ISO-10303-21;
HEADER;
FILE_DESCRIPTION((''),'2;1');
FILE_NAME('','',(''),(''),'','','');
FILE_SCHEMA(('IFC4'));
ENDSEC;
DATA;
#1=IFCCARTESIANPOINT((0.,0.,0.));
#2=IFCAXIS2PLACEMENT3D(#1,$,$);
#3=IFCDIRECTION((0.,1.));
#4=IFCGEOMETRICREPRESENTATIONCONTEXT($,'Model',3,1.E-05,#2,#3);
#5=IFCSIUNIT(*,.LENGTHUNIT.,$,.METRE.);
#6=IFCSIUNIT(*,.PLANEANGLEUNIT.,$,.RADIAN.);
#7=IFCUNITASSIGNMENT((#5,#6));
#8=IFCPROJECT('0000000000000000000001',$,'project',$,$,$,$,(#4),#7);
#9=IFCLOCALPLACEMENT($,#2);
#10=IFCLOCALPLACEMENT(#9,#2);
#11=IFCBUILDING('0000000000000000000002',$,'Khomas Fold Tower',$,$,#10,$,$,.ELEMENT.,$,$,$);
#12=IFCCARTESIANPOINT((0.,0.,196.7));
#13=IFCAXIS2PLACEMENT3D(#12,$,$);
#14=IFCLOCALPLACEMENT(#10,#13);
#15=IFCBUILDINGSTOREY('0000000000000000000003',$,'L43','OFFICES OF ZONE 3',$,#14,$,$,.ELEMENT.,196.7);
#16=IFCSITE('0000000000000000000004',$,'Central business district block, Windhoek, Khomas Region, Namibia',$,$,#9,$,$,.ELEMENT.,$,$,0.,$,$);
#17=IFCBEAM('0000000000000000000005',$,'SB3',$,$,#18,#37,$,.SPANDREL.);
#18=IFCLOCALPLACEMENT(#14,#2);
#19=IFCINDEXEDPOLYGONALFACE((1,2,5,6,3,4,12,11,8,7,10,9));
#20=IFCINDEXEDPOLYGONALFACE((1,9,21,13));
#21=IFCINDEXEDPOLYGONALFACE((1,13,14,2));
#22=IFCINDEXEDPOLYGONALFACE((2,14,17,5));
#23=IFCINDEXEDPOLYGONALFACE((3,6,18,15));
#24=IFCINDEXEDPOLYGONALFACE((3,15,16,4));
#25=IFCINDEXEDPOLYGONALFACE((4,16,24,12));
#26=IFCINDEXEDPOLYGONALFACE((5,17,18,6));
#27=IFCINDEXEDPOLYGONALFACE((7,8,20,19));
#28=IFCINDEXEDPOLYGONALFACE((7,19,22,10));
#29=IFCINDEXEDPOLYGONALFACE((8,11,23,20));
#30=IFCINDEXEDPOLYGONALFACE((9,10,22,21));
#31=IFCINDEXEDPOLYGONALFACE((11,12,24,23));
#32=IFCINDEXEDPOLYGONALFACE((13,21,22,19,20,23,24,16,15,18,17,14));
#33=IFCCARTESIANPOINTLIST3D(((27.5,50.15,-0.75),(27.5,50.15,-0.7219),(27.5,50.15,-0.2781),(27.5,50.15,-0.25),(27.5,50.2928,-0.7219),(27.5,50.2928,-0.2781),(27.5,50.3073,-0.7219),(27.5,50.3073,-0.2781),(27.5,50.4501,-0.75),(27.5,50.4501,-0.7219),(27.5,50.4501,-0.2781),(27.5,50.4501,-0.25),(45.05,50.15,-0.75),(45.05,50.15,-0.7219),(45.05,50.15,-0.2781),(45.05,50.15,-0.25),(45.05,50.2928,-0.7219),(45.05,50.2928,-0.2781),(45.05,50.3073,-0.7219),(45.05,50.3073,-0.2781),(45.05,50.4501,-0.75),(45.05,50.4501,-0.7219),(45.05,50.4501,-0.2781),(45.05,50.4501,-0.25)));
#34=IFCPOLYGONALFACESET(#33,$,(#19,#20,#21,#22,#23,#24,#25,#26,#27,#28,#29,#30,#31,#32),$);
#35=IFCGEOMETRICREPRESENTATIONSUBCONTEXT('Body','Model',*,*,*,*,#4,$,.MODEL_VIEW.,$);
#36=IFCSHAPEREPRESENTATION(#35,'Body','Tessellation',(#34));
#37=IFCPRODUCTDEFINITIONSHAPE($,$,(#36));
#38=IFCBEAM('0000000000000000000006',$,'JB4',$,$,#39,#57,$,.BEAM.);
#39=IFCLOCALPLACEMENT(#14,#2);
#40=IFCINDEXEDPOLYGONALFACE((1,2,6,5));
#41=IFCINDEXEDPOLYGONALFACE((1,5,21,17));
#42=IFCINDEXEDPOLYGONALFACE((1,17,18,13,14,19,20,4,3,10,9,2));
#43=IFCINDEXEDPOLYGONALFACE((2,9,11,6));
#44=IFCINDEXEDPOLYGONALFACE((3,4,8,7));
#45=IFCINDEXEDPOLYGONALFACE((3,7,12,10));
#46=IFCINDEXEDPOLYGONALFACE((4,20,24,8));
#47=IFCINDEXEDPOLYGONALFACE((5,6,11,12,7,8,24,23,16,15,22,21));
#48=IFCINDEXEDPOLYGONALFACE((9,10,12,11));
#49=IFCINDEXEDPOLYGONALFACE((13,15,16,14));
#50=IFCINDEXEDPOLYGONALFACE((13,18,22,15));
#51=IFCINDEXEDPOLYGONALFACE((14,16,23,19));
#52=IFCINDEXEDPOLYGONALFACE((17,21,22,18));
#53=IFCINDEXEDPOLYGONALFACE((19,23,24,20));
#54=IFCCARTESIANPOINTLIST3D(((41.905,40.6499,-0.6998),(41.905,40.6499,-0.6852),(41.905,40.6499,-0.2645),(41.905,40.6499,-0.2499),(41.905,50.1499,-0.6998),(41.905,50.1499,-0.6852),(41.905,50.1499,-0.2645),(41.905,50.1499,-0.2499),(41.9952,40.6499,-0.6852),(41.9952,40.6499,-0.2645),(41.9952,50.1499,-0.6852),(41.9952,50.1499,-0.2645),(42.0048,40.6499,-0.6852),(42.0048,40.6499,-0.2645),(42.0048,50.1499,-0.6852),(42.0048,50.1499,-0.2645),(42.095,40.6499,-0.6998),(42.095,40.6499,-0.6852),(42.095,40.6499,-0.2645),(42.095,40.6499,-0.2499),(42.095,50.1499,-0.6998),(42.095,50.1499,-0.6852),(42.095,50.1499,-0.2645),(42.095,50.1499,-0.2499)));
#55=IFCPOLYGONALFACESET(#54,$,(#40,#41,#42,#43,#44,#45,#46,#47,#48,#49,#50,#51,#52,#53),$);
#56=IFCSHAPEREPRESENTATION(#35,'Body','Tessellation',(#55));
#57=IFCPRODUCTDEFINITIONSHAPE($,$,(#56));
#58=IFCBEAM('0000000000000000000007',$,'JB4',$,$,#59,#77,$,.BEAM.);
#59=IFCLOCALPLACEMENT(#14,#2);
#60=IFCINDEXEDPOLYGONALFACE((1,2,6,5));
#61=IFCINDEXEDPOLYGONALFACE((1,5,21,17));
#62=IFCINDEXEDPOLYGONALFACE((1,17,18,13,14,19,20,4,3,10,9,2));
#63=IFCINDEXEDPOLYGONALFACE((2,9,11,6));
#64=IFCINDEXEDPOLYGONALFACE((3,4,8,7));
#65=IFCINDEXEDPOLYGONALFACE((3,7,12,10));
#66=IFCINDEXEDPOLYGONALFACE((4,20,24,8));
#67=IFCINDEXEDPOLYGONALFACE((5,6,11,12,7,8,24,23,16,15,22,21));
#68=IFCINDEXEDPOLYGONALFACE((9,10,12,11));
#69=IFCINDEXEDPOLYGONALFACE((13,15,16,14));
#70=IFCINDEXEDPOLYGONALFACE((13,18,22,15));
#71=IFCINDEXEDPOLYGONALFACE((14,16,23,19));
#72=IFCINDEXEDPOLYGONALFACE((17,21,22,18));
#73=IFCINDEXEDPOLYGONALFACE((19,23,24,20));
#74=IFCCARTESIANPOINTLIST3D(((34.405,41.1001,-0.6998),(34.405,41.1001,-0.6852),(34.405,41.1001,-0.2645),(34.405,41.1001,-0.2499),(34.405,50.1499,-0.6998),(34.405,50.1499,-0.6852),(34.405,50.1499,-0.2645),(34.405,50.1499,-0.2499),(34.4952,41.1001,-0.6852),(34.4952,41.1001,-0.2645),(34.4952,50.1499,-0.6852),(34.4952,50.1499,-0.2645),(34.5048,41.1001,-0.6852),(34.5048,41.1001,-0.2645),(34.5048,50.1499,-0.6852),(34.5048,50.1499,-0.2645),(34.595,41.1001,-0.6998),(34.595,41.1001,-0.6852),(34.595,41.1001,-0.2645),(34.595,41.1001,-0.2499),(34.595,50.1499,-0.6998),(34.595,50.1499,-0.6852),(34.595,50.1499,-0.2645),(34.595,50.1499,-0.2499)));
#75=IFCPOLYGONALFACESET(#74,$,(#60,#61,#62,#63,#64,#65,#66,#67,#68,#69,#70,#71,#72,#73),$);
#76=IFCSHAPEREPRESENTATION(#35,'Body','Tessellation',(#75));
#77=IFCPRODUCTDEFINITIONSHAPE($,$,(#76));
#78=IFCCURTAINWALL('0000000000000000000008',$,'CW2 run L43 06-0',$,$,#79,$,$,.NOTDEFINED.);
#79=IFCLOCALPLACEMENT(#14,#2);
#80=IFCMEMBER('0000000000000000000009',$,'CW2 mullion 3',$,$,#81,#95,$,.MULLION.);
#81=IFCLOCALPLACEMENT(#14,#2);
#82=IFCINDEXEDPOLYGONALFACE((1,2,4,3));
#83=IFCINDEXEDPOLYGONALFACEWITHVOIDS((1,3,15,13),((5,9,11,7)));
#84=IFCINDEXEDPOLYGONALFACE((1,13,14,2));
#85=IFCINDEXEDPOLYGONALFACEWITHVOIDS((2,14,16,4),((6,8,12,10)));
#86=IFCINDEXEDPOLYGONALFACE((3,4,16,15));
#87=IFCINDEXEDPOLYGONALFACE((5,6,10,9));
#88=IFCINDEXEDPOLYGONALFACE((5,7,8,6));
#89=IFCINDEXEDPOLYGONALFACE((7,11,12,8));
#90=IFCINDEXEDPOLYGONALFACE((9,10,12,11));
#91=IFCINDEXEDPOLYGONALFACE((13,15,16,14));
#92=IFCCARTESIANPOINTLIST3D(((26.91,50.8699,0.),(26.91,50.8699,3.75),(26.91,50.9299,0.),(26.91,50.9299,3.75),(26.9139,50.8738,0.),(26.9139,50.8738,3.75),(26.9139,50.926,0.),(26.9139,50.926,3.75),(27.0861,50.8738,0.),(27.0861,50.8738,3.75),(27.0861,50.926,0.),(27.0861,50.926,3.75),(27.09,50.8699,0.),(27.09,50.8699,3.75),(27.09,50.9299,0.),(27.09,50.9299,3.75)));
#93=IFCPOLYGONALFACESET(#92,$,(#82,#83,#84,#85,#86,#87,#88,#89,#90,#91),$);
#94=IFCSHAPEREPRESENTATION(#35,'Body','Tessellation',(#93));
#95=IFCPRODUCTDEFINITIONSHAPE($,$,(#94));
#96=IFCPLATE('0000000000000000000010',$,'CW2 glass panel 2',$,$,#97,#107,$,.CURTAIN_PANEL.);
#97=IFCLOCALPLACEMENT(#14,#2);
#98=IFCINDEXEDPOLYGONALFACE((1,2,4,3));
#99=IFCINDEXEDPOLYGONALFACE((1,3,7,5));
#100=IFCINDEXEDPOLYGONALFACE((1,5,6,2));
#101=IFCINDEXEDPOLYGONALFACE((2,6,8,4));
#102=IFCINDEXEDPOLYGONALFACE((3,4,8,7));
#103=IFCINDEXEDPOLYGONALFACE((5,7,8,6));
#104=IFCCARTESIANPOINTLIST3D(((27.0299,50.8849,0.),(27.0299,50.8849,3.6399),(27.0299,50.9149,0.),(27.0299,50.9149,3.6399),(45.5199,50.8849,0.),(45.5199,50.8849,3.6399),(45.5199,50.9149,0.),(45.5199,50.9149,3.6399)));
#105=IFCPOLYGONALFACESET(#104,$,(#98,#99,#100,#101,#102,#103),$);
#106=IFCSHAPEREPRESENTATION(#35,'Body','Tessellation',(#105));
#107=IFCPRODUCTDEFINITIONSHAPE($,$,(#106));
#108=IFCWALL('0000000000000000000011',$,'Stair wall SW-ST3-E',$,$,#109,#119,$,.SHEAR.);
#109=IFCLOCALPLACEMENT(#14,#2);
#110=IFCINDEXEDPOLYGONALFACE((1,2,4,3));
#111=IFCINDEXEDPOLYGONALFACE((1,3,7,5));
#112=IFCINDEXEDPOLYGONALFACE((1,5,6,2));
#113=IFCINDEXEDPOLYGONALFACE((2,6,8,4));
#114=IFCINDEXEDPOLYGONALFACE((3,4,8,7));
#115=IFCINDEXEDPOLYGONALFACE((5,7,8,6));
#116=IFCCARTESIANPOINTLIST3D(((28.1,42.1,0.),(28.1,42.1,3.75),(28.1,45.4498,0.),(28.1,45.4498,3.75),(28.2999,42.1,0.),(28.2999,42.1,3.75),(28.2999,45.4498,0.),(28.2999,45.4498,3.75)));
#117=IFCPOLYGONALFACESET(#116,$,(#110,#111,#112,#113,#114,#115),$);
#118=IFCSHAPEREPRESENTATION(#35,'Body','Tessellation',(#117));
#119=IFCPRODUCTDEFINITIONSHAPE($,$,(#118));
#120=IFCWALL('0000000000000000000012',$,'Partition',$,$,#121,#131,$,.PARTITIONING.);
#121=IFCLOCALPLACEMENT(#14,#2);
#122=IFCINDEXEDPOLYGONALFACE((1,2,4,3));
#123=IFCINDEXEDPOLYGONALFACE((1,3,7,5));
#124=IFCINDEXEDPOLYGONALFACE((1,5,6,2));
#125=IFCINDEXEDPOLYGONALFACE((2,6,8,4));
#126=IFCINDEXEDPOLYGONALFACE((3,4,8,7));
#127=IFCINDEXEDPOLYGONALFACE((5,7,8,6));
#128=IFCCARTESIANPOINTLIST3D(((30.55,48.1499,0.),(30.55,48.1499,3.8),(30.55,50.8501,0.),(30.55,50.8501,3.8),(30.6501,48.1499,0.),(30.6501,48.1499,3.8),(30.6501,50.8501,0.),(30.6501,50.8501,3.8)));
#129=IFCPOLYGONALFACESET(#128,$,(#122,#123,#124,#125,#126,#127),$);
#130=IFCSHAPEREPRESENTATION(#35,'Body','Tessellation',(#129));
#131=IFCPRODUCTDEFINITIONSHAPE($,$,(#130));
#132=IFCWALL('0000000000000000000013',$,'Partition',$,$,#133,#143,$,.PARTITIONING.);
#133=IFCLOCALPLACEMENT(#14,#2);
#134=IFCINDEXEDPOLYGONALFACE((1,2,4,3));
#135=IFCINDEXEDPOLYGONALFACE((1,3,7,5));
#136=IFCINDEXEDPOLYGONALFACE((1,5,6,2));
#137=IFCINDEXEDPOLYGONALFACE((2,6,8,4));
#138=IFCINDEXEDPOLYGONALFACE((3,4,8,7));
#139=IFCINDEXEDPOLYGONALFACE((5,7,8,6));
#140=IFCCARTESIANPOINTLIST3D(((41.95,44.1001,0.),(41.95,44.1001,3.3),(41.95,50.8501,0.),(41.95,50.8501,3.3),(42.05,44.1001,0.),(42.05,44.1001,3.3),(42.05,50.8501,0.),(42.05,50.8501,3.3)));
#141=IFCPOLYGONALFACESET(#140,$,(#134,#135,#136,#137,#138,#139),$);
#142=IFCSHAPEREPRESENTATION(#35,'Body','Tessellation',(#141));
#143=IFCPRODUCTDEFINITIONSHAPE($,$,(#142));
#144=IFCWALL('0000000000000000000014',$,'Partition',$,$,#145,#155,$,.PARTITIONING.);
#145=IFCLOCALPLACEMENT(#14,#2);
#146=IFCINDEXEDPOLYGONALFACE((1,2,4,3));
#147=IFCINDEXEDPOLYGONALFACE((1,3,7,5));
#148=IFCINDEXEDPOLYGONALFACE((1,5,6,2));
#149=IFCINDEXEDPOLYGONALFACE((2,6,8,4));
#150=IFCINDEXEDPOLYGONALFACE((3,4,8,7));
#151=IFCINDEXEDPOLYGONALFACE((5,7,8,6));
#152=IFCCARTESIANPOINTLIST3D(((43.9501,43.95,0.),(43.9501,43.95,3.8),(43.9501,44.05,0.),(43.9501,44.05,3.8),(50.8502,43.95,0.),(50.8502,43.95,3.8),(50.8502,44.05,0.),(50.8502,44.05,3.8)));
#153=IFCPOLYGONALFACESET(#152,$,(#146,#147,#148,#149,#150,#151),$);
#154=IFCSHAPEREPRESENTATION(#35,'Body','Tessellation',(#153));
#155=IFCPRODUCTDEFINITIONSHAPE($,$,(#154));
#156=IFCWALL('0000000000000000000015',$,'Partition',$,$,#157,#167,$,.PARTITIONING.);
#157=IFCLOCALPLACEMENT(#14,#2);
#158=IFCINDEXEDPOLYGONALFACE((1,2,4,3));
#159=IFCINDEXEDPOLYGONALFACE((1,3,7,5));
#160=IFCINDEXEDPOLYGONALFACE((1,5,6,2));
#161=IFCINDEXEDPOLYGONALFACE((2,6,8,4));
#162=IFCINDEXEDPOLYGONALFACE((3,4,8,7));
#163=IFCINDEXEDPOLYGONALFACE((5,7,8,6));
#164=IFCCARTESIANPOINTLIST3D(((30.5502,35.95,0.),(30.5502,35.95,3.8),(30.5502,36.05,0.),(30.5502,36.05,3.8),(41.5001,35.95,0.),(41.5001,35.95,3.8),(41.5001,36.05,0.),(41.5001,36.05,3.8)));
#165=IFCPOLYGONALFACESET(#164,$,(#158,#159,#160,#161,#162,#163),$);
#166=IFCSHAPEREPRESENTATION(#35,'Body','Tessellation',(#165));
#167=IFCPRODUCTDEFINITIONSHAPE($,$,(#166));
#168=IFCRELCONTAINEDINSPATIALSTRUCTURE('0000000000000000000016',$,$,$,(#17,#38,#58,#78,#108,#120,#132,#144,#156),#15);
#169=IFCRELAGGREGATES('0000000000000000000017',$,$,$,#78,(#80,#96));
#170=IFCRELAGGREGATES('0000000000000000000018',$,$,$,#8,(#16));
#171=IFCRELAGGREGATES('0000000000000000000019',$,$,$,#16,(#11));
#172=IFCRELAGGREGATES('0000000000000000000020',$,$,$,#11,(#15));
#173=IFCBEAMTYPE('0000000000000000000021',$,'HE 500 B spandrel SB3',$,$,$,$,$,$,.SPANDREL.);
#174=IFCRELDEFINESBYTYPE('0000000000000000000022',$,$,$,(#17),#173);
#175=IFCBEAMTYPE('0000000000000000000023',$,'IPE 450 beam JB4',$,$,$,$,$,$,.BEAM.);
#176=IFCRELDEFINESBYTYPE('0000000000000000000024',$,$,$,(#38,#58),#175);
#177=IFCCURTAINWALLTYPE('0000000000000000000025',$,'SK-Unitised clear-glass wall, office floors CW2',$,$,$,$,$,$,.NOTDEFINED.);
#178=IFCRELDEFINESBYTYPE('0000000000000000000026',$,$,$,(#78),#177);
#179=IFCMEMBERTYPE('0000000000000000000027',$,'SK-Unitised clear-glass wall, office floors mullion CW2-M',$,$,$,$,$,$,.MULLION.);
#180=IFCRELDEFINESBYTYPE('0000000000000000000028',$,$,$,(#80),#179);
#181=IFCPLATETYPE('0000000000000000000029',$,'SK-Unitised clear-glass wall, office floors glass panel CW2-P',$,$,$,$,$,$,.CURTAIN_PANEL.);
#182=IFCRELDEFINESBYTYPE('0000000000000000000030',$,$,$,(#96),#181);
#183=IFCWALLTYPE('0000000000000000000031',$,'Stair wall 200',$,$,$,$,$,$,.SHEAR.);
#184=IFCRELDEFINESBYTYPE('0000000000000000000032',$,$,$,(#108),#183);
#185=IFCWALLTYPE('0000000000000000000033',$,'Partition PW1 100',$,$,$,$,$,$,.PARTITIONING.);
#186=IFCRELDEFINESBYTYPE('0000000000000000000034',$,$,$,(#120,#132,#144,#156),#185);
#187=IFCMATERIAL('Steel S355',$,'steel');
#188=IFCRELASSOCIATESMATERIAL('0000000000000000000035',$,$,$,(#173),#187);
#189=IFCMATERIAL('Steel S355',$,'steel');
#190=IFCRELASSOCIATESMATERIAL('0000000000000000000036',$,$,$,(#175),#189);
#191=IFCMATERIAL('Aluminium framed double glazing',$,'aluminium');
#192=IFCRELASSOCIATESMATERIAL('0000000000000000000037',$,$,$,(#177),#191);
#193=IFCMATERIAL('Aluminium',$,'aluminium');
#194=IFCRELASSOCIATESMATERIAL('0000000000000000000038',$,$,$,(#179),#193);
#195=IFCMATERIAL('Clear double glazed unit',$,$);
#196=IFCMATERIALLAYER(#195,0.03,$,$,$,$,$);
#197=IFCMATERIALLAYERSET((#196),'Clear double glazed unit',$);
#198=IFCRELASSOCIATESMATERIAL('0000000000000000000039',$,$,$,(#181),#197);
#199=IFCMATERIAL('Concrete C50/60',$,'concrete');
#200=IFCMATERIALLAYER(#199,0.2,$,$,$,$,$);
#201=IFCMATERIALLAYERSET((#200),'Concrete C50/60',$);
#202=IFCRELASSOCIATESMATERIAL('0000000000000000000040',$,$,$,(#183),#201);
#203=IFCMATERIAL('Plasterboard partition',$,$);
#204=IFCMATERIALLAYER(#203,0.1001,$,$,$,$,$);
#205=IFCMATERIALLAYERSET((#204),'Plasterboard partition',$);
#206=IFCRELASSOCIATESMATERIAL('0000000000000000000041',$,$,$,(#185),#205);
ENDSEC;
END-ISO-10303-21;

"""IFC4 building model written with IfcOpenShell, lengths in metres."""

from ifc_helpers import new_model, si_unit, direction, frame, frame_2d, origin, origin_2d, place, context, subcontext, project, spatial, rectangle, hollow_rectangle, i_section, extrude, source, transform, mapped, material, layer, layer_set, material_profile, profile_set, type_object, element, aggregate, save


model = new_model("IFC4")

# Units and contexts
model_context = context("Model", 3, precision=1e-05, world=origin(), true_north=direction((0.0, 1.0)))
body_context = subcontext(model_context, "Body", "Model", "MODEL_VIEW")
ifc_project = project(units=[si_unit("LENGTHUNIT", "METRE"), si_unit("PLANEANGLEUNIT", "RADIAN")], contexts=[model_context])

# Site, building, storey
site_placement = place(None, origin())
site = spatial("IfcSite", under=ifc_project, at=site_placement, Name="Central business district block, Windhoek, Khomas Region, Namibia", CompositionType="ELEMENT", RefElevation=0.0)
building_placement = place(site_placement, origin())
building = spatial("IfcBuilding", under=site, at=building_placement, Name="Khomas Fold Tower", CompositionType="ELEMENT")
storey_placement = place(building_placement, frame((0.0, 0.0, 196.7)))
storey = spatial("IfcBuildingStorey", under=building, at=storey_placement, Name="L43", Description="OFFICES OF ZONE 3", CompositionType="ELEMENT", Elevation=196.7)

# Beams
ifc_material_1 = material(Name="Steel S355", Category="steel")
ifc_material_profile_1 = material_profile(ifc_material_1, i_section(OverallWidth=0.3, OverallDepth=0.5, WebThickness=0.0144, FlangeThickness=0.0281, at=origin_2d()), Name="HE 500 B")
ifc_profile_set_1 = profile_set([ifc_material_profile_1], Name="Steel S355")
beam_type_1 = type_object("IfcBeamType", Name="HE 500 B spandrel SB3", PredefinedType="SPANDREL", material=ifc_profile_set_1)
shared_shape_1 = source(origin(), body_context, "Body", "SweptSolid", [
    extrude(i_section(OverallWidth=0.3, OverallDepth=0.5, WebThickness=0.0144, FlangeThickness=0.0281, at=origin_2d()), origin(), (0.0, 0.0, 1.0), 17.55),
])
beam_1_placement = place(storey_placement, frame((27.5, 50.3, -0.5), z_axis=(1.0, 0.0, 0.0), x_axis=(0.0, 1.0, 0.0)))
element("IfcBeam", 1, at=beam_1_placement, inside=storey, type_object=beam_type_1, Name="SB3", PredefinedType="SPANDREL", context=body_context, shape_type="MappedRepresentation", body=[
    mapped(shared_shape_1, transform((0.0, 0.0, 0.0))),
])
ifc_material_2 = material(Name="Steel S355", Category="steel")
ifc_material_profile_2 = material_profile(ifc_material_2, i_section(OverallWidth=0.1899, OverallDepth=0.45, WebThickness=0.0095, FlangeThickness=0.0146, at=origin_2d()), Name="IPE 450")
ifc_profile_set_2 = profile_set([ifc_material_profile_2], Name="Steel S355")
beam_type_2 = type_object("IfcBeamType", Name="IPE 450 beam JB4", PredefinedType="BEAM", material=ifc_profile_set_2)
shared_shape_2 = source(origin(), body_context, "Body", "SweptSolid", [
    extrude(i_section(OverallWidth=0.1899, OverallDepth=0.45, WebThickness=0.0095, FlangeThickness=0.0146, at=origin_2d()), origin(), (0.0, 0.0, 1.0), 9.5),
])
beam_2_placement = place(storey_placement, frame((42.0, 40.6499, -0.4749), z_axis=(0.0, 1.0, 0.0), x_axis=(-1.0, 0.0, 0.0)))
element("IfcBeam", 2, at=beam_2_placement, inside=storey, type_object=beam_type_2, Name="JB4", PredefinedType="BEAM", context=body_context, shape_type="MappedRepresentation", body=[
    mapped(shared_shape_2, transform((0.0, 0.0, 0.0))),
])
shared_shape_3 = source(origin(), body_context, "Body", "SweptSolid", [
    extrude(i_section(OverallWidth=0.1899, OverallDepth=0.45, WebThickness=0.0095, FlangeThickness=0.0146, at=origin_2d()), origin(), (0.0, 0.0, 1.0), 9.0498),
])
beam_3_placement = place(storey_placement, frame((34.5, 41.1001, -0.4749), z_axis=(0.0, 1.0, 0.0), x_axis=(-1.0, 0.0, 0.0)))
element("IfcBeam", 3, at=beam_3_placement, inside=storey, type_object=beam_type_2, Name="JB4", PredefinedType="BEAM", context=body_context, shape_type="MappedRepresentation", body=[
    mapped(shared_shape_3, transform((0.0, 0.0, 0.0))),
])

# Curtain wall, member, plate
ifc_material_3 = material(Name="Aluminium framed double glazing", Category="aluminium")
curtain_wall_type = type_object("IfcCurtainWallType", Name="SK-Unitised clear-glass wall, office floors CW2", PredefinedType="NOTDEFINED", material=ifc_material_3)
curtain_wall_placement = place(storey_placement, origin())
curtain_wall = element("IfcCurtainWall", 4, at=curtain_wall_placement, inside=storey, type_object=curtain_wall_type, Name="CW2 run L43 06-0", PredefinedType="NOTDEFINED")
ifc_material_4 = material(Name="Aluminium", Category="aluminium")
ifc_material_profile_3 = material_profile(ifc_material_4, hollow_rectangle(XDim=0.0601, YDim=0.1799, WallThickness=0.0039, at=origin_2d()), Name="SK-Unitised clear-glass wall, office floors mullion CW2-M")
ifc_profile_set_3 = profile_set([ifc_material_profile_3], Name="Aluminium")
member_type = type_object("IfcMemberType", Name="SK-Unitised clear-glass wall, office floors mullion CW2-M", PredefinedType="MULLION", material=ifc_profile_set_3)
shared_shape_4 = source(origin(), body_context, "Body", "SweptSolid", [
    extrude(hollow_rectangle(XDim=0.0601, YDim=0.1799, WallThickness=0.0039, at=origin_2d()), origin(), (0.0, 0.0, 1.0), 3.75),
])
member_placement = place(storey_placement, frame((27.0, 50.8999, 0.0), z_axis=(0.0, 0.0, 1.0), x_axis=(0.0, -1.0, 0.0)))
member = element("IfcMember", 5, at=member_placement, type_object=member_type, Name="CW2 mullion 3", PredefinedType="MULLION", context=body_context, shape_type="MappedRepresentation", body=[
    mapped(shared_shape_4, transform((0.0, 0.0, 0.0))),
])
ifc_material_5 = material(Name="Clear double glazed unit")
ifc_layer_1 = layer(ifc_material_5, 0.03)
ifc_layer_set_1 = layer_set([ifc_layer_1], Name="Clear double glazed unit")
plate_type = type_object("IfcPlateType", Name="SK-Unitised clear-glass wall, office floors glass panel CW2-P", PredefinedType="CURTAIN_PANEL", material=ifc_layer_set_1)
shared_shape_5 = source(origin(), body_context, "Body", "SweptSolid", [
    extrude(rectangle(XDim=18.49, YDim=0.03, at=origin_2d()), origin(), (0.0, 0.0, 1.0), 3.6399),
])
plate_placement = place(storey_placement, frame((36.2749, 50.8999, 0.0), z_axis=(0.0, 0.0, 1.0), x_axis=(-1.0, 0.0, 0.0)))
plate = element("IfcPlate", 6, at=plate_placement, type_object=plate_type, Name="CW2 glass panel 2", PredefinedType="CURTAIN_PANEL", context=body_context, shape_type="MappedRepresentation", body=[
    mapped(shared_shape_5, transform((0.0, 0.0, 0.0))),
])
aggregate(curtain_wall, [member, plate])

# Walls
ifc_material_6 = material(Name="Concrete C50/60", Category="concrete")
ifc_layer_2 = layer(ifc_material_6, 0.2)
ifc_layer_set_2 = layer_set([ifc_layer_2], Name="Concrete C50/60")
wall_type_1 = type_object("IfcWallType", Name="Stair wall 200", PredefinedType="SHEAR", material=ifc_layer_set_2)
shared_shape_6 = source(origin(), body_context, "Body", "SweptSolid", [
    extrude(rectangle(XDim=3.3499, YDim=0.2, at=frame_2d((1.6748, 0.0))), origin(), (0.0, 0.0, 1.0), 3.75),
])
wall_1_placement = place(storey_placement, frame((28.2, 42.1001, 0.0), z_axis=(0.0, 0.0, 1.0), x_axis=(0.0, 1.0, 0.0)))
element("IfcWall", 7, at=wall_1_placement, inside=storey, type_object=wall_type_1, Name="Stair wall SW-ST3-E", PredefinedType="SHEAR", context=body_context, shape_type="MappedRepresentation", body=[
    mapped(shared_shape_6, transform((0.0, 0.0, 0.0))),
])
ifc_material_7 = material(Name="Plasterboard partition")
ifc_layer_3 = layer(ifc_material_7, 0.1001)
ifc_layer_set_3 = layer_set([ifc_layer_3], Name="Plasterboard partition")
wall_type_2 = type_object("IfcWallType", Name="Partition PW1 100", PredefinedType="PARTITIONING", material=ifc_layer_set_3)
shared_shape_7 = source(origin(), body_context, "Body", "SweptSolid", [
    extrude(rectangle(XDim=2.7002, YDim=0.1001, at=frame_2d((1.3501, 0.0))), origin(), (0.0, 0.0, 1.0), 3.8),
])
wall_2_placement = place(storey_placement, frame((30.6001, 48.1499, 0.0), z_axis=(0.0, 0.0, 1.0), x_axis=(0.0, 1.0, 0.0)))
element("IfcWall", 8, at=wall_2_placement, inside=storey, type_object=wall_type_2, Name="Partition", PredefinedType="PARTITIONING", context=body_context, shape_type="MappedRepresentation", body=[
    mapped(shared_shape_7, transform((0.0, 0.0, 0.0))),
])
shared_shape_8 = source(origin(), body_context, "Body", "SweptSolid", [
    extrude(rectangle(XDim=6.75, YDim=0.1001, at=frame_2d((3.375, 0.0))), origin(), (0.0, 0.0, 1.0), 3.3),
])
wall_3_placement = place(storey_placement, frame((42.0, 44.1001, 0.0), z_axis=(0.0, 0.0, 1.0), x_axis=(0.0, 1.0, 0.0)))
element("IfcWall", 9, at=wall_3_placement, inside=storey, type_object=wall_type_2, Name="Partition", PredefinedType="PARTITIONING", context=body_context, shape_type="MappedRepresentation", body=[
    mapped(shared_shape_8, transform((0.0, 0.0, 0.0))),
])
shared_shape_9 = source(origin(), body_context, "Body", "SweptSolid", [
    extrude(rectangle(XDim=6.9001, YDim=0.1001, at=frame_2d((3.4502, 0.0))), origin(), (0.0, 0.0, 1.0), 3.8),
])
wall_4_placement = place(storey_placement, frame((43.95, 44.0, 0.0), z_axis=(0.0, 0.0, 1.0), x_axis=(1.0, 0.0, 0.0)))
element("IfcWall", 10, at=wall_4_placement, inside=storey, type_object=wall_type_2, Name="Partition", PredefinedType="PARTITIONING", context=body_context, shape_type="MappedRepresentation", body=[
    mapped(shared_shape_9, transform((0.0, 0.0, 0.0))),
])
shared_shape_10 = source(origin(), body_context, "Body", "SweptSolid", [
    extrude(rectangle(XDim=10.95, YDim=0.1001, at=frame_2d((5.4751, 0.0))), origin(), (0.0, 0.0, 1.0), 3.8),
])
wall_5_placement = place(storey_placement, frame((30.55, 36.0, 0.0), z_axis=(0.0, 0.0, 1.0), x_axis=(1.0, 0.0, 0.0)))
element("IfcWall", 11, at=wall_5_placement, inside=storey, type_object=wall_type_2, Name="Partition", PredefinedType="PARTITIONING", context=body_context, shape_type="MappedRepresentation", body=[
    mapped(shared_shape_10, transform((0.0, 0.0, 0.0))),
])

save(model, "model.ifc")
